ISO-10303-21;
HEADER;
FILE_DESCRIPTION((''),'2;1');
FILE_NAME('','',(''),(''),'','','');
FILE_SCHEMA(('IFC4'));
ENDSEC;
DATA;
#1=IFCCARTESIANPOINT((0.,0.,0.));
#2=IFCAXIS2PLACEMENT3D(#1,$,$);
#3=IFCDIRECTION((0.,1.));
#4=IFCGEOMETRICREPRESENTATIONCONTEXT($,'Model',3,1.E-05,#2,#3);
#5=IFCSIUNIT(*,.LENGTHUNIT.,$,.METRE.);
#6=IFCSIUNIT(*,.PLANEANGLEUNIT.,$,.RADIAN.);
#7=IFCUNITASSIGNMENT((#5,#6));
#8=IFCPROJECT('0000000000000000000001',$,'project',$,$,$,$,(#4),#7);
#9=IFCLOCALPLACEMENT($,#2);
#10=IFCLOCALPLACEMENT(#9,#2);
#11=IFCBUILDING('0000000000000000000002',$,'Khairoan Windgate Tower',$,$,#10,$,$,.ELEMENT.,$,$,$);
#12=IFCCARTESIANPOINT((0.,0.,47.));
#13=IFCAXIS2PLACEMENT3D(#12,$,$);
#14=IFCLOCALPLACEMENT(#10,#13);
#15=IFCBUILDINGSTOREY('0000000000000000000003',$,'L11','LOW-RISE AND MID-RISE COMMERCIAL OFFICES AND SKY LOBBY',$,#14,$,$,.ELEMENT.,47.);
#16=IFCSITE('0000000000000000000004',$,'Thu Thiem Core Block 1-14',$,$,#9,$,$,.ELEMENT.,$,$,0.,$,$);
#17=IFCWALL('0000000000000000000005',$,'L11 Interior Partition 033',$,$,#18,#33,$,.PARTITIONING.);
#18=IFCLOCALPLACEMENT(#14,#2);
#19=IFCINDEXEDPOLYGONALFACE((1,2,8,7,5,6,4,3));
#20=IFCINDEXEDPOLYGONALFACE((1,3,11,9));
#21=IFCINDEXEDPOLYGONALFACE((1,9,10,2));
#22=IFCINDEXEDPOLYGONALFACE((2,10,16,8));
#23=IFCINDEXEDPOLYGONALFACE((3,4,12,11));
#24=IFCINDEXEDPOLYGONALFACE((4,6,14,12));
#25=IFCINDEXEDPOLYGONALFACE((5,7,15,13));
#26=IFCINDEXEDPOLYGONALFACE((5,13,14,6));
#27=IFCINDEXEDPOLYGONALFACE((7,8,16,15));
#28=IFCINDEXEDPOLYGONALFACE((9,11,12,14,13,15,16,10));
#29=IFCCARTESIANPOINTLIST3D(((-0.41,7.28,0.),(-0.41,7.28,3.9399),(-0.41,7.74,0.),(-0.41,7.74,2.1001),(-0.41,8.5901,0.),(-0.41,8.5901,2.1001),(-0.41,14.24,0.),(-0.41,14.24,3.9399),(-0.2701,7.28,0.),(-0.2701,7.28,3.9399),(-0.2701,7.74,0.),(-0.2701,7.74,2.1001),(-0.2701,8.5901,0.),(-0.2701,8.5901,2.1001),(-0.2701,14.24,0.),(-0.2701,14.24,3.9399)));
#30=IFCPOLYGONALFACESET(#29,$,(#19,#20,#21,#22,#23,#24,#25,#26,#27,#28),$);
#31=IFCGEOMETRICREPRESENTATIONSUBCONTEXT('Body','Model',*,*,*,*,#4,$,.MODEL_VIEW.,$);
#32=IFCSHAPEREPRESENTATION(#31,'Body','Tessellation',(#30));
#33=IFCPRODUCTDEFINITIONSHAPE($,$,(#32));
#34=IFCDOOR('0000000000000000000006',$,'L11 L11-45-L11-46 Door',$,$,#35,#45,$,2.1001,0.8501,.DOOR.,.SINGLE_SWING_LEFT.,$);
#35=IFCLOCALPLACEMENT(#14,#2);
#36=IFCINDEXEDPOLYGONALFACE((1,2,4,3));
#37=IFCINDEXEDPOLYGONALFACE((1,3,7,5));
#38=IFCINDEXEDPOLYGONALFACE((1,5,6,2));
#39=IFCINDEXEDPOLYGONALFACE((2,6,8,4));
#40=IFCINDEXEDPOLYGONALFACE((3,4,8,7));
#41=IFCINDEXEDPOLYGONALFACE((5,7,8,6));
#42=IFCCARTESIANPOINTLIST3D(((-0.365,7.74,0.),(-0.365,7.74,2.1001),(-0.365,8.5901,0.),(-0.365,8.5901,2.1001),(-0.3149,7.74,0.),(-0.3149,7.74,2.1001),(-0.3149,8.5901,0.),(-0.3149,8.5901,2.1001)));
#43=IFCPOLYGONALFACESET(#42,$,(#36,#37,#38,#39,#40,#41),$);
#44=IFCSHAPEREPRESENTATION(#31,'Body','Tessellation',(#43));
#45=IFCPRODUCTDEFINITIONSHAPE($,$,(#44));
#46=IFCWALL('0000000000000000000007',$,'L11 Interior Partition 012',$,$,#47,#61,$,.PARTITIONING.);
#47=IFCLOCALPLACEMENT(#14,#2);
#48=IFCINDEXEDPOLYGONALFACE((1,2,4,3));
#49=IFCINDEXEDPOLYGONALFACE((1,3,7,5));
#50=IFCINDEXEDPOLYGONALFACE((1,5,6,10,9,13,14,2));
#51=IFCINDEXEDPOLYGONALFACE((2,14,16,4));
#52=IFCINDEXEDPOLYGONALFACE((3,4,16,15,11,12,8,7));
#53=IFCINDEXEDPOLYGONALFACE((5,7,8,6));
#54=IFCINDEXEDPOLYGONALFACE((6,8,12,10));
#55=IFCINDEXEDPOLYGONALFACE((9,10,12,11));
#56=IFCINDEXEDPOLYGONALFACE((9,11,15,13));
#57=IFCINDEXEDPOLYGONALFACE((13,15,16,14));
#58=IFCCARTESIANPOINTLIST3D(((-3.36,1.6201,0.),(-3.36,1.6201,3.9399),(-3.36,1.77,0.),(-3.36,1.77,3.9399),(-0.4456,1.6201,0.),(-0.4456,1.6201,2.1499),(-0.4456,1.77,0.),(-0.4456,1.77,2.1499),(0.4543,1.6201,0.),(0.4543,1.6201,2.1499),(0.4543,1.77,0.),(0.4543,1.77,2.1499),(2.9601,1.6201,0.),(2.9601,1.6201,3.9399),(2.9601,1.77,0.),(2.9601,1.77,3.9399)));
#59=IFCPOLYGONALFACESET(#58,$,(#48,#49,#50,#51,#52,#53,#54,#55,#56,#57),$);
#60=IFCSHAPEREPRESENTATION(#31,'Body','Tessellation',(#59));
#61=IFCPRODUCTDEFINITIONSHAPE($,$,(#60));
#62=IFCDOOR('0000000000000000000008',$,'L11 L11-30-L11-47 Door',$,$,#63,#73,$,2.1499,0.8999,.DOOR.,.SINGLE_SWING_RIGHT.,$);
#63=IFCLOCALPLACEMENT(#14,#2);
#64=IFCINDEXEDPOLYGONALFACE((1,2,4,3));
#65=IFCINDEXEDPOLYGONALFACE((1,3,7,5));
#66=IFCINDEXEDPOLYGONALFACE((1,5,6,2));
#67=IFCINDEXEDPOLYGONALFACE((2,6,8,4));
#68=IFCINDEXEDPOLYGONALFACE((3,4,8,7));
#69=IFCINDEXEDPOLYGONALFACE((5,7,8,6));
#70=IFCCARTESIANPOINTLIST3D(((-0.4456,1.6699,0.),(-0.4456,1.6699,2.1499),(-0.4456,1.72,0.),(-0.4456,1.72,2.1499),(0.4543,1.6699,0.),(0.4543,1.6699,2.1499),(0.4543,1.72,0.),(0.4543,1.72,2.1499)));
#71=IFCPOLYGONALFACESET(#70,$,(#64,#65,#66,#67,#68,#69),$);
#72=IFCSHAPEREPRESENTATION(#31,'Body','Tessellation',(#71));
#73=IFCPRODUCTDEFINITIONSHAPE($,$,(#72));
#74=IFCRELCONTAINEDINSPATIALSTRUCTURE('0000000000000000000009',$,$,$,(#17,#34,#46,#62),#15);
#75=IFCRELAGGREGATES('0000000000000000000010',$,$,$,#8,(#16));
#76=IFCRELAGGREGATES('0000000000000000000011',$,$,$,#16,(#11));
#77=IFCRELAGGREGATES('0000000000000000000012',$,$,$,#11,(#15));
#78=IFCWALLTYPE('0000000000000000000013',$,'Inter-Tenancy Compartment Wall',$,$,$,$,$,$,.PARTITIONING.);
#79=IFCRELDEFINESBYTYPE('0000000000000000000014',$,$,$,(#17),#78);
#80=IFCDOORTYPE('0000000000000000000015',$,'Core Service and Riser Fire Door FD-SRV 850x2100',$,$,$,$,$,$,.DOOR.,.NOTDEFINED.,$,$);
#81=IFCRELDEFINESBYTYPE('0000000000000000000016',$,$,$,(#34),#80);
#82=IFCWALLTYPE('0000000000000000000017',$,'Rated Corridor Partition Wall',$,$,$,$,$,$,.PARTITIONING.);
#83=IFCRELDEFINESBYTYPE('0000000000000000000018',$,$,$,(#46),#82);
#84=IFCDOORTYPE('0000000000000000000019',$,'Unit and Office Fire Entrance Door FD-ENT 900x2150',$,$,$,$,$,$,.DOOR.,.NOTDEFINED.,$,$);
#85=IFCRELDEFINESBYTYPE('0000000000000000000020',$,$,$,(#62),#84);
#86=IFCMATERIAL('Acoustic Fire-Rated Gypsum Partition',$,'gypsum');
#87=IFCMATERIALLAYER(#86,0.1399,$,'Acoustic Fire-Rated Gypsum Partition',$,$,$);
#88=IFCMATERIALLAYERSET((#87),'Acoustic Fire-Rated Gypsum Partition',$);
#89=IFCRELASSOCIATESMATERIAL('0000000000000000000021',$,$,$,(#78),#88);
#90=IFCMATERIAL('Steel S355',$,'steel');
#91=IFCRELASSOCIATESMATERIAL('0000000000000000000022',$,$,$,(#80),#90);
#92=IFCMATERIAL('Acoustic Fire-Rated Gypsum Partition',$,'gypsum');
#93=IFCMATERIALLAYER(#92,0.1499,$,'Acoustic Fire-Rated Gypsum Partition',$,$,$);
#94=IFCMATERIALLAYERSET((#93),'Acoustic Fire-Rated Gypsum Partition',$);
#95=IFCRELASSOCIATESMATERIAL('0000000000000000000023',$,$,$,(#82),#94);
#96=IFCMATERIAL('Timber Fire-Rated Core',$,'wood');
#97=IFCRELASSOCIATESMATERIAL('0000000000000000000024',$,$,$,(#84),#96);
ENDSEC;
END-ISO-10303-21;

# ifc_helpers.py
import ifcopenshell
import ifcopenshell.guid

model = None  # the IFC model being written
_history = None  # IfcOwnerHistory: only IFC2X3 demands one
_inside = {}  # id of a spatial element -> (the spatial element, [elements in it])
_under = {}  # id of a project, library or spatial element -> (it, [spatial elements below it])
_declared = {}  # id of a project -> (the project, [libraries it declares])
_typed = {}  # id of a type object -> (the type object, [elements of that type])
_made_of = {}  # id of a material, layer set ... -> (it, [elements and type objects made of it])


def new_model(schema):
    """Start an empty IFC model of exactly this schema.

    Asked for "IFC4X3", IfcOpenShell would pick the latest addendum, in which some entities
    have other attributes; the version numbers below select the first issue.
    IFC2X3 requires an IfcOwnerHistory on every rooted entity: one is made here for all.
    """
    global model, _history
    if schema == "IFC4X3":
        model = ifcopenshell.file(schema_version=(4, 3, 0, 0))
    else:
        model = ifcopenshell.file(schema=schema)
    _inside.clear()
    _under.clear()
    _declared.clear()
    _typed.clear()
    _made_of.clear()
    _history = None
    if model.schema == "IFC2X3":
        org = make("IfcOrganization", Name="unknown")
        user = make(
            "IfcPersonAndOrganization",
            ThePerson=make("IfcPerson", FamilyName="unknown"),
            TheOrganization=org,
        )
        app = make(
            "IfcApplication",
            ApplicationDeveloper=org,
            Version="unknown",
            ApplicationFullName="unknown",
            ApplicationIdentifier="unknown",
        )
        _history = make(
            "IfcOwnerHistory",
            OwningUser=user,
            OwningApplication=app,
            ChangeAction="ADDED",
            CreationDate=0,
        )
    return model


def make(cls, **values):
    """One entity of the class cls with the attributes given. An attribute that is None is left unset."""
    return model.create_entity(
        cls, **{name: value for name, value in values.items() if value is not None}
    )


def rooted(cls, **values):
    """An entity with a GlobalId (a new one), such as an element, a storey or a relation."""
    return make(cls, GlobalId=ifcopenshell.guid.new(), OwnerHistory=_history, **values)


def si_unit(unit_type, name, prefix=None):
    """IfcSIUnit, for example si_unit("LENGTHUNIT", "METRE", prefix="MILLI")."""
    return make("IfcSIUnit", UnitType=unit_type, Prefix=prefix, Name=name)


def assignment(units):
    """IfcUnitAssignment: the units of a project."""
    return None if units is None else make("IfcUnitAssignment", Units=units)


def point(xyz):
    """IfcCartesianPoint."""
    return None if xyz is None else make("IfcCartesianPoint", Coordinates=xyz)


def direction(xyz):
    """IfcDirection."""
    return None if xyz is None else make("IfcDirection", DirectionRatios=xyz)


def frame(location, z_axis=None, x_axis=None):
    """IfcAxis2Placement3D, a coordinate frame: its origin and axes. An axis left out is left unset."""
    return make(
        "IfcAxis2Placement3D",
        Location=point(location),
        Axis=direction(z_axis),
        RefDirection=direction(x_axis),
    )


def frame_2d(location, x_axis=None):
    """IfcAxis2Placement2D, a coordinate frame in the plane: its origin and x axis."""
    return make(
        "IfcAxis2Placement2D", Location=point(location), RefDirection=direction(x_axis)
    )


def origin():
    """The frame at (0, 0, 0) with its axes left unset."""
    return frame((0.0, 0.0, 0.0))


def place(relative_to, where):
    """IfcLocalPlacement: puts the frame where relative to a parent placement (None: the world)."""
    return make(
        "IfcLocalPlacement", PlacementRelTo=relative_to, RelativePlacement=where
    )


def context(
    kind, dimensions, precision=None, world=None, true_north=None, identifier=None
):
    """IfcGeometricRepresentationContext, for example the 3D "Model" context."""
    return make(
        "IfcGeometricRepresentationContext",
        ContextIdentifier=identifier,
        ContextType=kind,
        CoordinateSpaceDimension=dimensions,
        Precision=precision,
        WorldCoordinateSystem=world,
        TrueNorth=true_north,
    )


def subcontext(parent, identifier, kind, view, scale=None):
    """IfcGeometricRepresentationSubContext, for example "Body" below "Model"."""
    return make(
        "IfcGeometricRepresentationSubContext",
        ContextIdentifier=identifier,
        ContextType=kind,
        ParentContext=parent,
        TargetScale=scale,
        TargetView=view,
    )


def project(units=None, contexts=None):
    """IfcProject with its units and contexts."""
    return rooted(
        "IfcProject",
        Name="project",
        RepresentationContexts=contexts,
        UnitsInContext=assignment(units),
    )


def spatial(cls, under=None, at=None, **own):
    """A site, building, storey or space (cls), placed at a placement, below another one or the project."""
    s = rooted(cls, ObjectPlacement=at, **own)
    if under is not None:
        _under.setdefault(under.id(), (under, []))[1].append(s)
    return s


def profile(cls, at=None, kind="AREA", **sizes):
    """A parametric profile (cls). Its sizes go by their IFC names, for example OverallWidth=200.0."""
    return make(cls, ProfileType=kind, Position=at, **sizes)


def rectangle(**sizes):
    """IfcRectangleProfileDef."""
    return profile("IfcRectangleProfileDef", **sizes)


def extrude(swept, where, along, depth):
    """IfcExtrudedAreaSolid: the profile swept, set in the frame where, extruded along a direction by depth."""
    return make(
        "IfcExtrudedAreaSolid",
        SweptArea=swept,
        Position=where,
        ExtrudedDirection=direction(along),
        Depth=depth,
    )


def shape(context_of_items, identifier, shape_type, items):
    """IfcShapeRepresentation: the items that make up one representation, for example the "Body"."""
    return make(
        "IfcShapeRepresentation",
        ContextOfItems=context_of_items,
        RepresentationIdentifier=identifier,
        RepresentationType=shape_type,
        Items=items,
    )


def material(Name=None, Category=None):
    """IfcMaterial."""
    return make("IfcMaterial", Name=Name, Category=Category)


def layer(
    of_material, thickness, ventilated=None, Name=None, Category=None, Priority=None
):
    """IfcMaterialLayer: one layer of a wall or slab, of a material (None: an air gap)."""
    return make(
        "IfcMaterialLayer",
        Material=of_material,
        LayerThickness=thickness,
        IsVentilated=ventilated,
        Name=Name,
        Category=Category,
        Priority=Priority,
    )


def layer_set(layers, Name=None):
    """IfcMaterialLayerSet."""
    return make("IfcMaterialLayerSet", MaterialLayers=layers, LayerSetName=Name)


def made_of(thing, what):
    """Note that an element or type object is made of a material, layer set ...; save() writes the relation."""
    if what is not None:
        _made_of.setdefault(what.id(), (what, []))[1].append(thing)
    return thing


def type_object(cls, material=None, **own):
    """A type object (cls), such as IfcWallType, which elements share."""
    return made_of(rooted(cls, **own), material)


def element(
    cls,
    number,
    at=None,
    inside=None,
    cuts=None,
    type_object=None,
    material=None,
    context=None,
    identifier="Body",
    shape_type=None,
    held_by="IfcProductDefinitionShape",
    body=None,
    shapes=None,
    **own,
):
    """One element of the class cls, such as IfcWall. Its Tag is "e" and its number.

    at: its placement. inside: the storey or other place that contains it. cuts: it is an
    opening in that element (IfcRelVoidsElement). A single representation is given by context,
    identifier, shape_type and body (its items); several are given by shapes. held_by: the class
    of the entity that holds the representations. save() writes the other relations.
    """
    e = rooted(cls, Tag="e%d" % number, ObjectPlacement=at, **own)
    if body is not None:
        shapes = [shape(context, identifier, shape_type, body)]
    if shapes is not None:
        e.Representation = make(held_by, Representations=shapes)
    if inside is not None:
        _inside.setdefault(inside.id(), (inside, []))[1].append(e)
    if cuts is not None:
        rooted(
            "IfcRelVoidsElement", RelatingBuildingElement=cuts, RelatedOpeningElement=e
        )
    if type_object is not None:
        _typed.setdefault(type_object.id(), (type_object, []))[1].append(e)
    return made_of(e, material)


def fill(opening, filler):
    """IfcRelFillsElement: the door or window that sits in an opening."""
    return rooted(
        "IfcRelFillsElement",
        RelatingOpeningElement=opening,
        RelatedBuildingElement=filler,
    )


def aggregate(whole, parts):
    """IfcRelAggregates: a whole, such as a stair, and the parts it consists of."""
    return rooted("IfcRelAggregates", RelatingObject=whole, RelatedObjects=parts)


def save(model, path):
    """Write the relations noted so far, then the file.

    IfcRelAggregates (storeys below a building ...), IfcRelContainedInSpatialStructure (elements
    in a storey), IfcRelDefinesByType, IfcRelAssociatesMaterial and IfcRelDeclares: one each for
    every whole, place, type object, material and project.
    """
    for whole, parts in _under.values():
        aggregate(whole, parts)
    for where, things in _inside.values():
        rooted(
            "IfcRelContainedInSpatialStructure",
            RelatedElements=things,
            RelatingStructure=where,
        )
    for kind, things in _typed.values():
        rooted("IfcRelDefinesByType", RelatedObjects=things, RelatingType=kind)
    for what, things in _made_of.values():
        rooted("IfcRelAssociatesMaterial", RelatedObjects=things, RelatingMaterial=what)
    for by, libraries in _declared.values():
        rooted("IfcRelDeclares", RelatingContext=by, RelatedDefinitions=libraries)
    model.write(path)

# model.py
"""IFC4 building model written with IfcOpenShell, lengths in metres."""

from ifc_helpers import new_model, si_unit, direction, frame, frame_2d, origin, place, context, subcontext, project, spatial, rectangle, extrude, material, layer, layer_set, type_object, element, fill, save


model = new_model("IFC4")

# Units and contexts
model_context = context("Model", 3, precision=1e-05, world=origin(), true_north=direction((0.0, 1.0)))
body_context = subcontext(model_context, "Body", "Model", "MODEL_VIEW")
ifc_project = project(units=[si_unit("LENGTHUNIT", "METRE"), si_unit("PLANEANGLEUNIT", "RADIAN")], contexts=[model_context])

# Site, building, storey
site_placement = place(None, origin())
site = spatial("IfcSite", under=ifc_project, at=site_placement, Name="Thu Thiem Core Block 1-14", CompositionType="ELEMENT", RefElevation=0.0)
building_placement = place(site_placement, origin())
building = spatial("IfcBuilding", under=site, at=building_placement, Name="Khairoan Windgate Tower", CompositionType="ELEMENT")
storey_placement = place(building_placement, frame((0.0, 0.0, 47.0)))
storey = spatial("IfcBuildingStorey", under=building, at=storey_placement, Name="L11", Description="LOW-RISE AND MID-RISE COMMERCIAL OFFICES AND SKY LOBBY", CompositionType="ELEMENT", Elevation=47.0)

# Shared definitions
ifc_material_1 = material(Name="Acoustic Fire-Rated Gypsum Partition", Category="gypsum")
ifc_layer_1 = layer(ifc_material_1, 0.1399, Name="Acoustic Fire-Rated Gypsum Partition")
ifc_layer_set_1 = layer_set([ifc_layer_1], Name="Acoustic Fire-Rated Gypsum Partition")
wall_type_1 = type_object("IfcWallType", Name="Inter-Tenancy Compartment Wall", PredefinedType="PARTITIONING", material=ifc_layer_set_1)

# Walls, openings, doors
wall_1_placement = place(storey_placement, frame((-0.3401, 7.28, 0.0), z_axis=(0.0, 0.0, 1.0), x_axis=(0.0, 1.0, 0.0)))
wall_1 = element("IfcWall", 1, at=wall_1_placement, inside=storey, type_object=wall_type_1, Name="L11 Interior Partition 033", PredefinedType="PARTITIONING", context=body_context, shape_type="SweptSolid", body=[
    extrude(rectangle(XDim=6.96, YDim=0.1399, at=frame_2d((3.48, 0.0))), origin(), (0.0, 0.0, 1.0), 3.9399),
])
opening_1_placement = place(wall_1_placement, frame((0.46, 0.0, 0.0)))
opening_1 = element("IfcOpeningElement", 2, at=opening_1_placement, cuts=wall_1, PredefinedType="OPENING", context=body_context, shape_type="SweptSolid", body=[
    extrude(rectangle(XDim=0.8501, YDim=2.1001, at=frame_2d((0.425, 1.05))), frame((0.0, 0.0798, 0.0), z_axis=(0.0, -1.0, 0.0), x_axis=(1.0, 0.0, 0.0)), (0.0, 0.0, 1.0), 0.1599),
])
ifc_material_2 = material(Name="Steel S355", Category="steel")
door_type_1 = type_object("IfcDoorType", Name="Core Service and Riser Fire Door FD-SRV 850x2100", OperationType="NOTDEFINED", PredefinedType="DOOR", material=ifc_material_2)
door_1_placement = place(opening_1_placement, origin())
door_1 = element("IfcDoor", 3, at=door_1_placement, inside=storey, type_object=door_type_1, Name="L11 L11-45-L11-46 Door", OperationType="SINGLE_SWING_LEFT", OverallHeight=2.1001, OverallWidth=0.8501, PredefinedType="DOOR", context=body_context, shape_type="SweptSolid", body=[
    extrude(rectangle(XDim=0.8501, YDim=2.1001, at=frame_2d((0.425, 1.05))), frame((0.0, 0.0249, 0.0), z_axis=(0.0, -1.0, 0.0), x_axis=(1.0, 0.0, 0.0)), (0.0, 0.0, 1.0), 0.05),
])
fill(opening_1, door_1)
ifc_material_3 = material(Name="Acoustic Fire-Rated Gypsum Partition", Category="gypsum")
ifc_layer_2 = layer(ifc_material_3, 0.1499, Name="Acoustic Fire-Rated Gypsum Partition")
ifc_layer_set_2 = layer_set([ifc_layer_2], Name="Acoustic Fire-Rated Gypsum Partition")
wall_type_2 = type_object("IfcWallType", Name="Rated Corridor Partition Wall", PredefinedType="PARTITIONING", material=ifc_layer_set_2)
ifc_material_4 = material(Name="Timber Fire-Rated Core", Category="wood")
door_type_2 = type_object("IfcDoorType", Name="Unit and Office Fire Entrance Door FD-ENT 900x2150", OperationType="NOTDEFINED", PredefinedType="DOOR", material=ifc_material_4)
wall_2_placement = place(storey_placement, frame((-3.3601, 1.6951, 0.0), z_axis=(0.0, 0.0, 1.0), x_axis=(1.0, 0.0, 0.0)))
wall_2 = element("IfcWall", 4, at=wall_2_placement, inside=storey, type_object=wall_type_2, Name="L11 Interior Partition 012", PredefinedType="PARTITIONING", context=body_context, shape_type="SweptSolid", body=[
    extrude(rectangle(XDim=6.3201, YDim=0.1499, at=frame_2d((3.1602, 0.0))), origin(), (0.0, 0.0, 1.0), 3.9399),
])
opening_2_placement = place(wall_2_placement, frame((2.9146, 0.0, 0.0)))
opening_2 = element("IfcOpeningElement", 5, at=opening_2_placement, cuts=wall_2, PredefinedType="OPENING", context=body_context, shape_type="SweptSolid", body=[
    extrude(rectangle(XDim=0.8999, YDim=2.1499, at=frame_2d((0.45, 1.075))), frame((0.0, 0.085, 0.0), z_axis=(0.0, -1.0, 0.0), x_axis=(1.0, 0.0, 0.0)), (0.0, 0.0, 1.0), 0.1699),
])
door_2_placement = place(opening_2_placement, origin())
door_2 = element("IfcDoor", 6, at=door_2_placement, inside=storey, type_object=door_type_2, Name="L11 L11-30-L11-47 Door", OperationType="SINGLE_SWING_RIGHT", OverallHeight=2.1499, OverallWidth=0.8999, PredefinedType="DOOR", context=body_context, shape_type="SweptSolid", body=[
    extrude(rectangle(XDim=0.8999, YDim=2.1499, at=frame_2d((0.45, 1.075))), frame((0.0, 0.0249, 0.0), z_axis=(0.0, -1.0, 0.0), x_axis=(1.0, 0.0, 0.0)), (0.0, 0.0, 1.0), 0.05),
])
fill(opening_2, door_2)

save(model, "model.ifc")
